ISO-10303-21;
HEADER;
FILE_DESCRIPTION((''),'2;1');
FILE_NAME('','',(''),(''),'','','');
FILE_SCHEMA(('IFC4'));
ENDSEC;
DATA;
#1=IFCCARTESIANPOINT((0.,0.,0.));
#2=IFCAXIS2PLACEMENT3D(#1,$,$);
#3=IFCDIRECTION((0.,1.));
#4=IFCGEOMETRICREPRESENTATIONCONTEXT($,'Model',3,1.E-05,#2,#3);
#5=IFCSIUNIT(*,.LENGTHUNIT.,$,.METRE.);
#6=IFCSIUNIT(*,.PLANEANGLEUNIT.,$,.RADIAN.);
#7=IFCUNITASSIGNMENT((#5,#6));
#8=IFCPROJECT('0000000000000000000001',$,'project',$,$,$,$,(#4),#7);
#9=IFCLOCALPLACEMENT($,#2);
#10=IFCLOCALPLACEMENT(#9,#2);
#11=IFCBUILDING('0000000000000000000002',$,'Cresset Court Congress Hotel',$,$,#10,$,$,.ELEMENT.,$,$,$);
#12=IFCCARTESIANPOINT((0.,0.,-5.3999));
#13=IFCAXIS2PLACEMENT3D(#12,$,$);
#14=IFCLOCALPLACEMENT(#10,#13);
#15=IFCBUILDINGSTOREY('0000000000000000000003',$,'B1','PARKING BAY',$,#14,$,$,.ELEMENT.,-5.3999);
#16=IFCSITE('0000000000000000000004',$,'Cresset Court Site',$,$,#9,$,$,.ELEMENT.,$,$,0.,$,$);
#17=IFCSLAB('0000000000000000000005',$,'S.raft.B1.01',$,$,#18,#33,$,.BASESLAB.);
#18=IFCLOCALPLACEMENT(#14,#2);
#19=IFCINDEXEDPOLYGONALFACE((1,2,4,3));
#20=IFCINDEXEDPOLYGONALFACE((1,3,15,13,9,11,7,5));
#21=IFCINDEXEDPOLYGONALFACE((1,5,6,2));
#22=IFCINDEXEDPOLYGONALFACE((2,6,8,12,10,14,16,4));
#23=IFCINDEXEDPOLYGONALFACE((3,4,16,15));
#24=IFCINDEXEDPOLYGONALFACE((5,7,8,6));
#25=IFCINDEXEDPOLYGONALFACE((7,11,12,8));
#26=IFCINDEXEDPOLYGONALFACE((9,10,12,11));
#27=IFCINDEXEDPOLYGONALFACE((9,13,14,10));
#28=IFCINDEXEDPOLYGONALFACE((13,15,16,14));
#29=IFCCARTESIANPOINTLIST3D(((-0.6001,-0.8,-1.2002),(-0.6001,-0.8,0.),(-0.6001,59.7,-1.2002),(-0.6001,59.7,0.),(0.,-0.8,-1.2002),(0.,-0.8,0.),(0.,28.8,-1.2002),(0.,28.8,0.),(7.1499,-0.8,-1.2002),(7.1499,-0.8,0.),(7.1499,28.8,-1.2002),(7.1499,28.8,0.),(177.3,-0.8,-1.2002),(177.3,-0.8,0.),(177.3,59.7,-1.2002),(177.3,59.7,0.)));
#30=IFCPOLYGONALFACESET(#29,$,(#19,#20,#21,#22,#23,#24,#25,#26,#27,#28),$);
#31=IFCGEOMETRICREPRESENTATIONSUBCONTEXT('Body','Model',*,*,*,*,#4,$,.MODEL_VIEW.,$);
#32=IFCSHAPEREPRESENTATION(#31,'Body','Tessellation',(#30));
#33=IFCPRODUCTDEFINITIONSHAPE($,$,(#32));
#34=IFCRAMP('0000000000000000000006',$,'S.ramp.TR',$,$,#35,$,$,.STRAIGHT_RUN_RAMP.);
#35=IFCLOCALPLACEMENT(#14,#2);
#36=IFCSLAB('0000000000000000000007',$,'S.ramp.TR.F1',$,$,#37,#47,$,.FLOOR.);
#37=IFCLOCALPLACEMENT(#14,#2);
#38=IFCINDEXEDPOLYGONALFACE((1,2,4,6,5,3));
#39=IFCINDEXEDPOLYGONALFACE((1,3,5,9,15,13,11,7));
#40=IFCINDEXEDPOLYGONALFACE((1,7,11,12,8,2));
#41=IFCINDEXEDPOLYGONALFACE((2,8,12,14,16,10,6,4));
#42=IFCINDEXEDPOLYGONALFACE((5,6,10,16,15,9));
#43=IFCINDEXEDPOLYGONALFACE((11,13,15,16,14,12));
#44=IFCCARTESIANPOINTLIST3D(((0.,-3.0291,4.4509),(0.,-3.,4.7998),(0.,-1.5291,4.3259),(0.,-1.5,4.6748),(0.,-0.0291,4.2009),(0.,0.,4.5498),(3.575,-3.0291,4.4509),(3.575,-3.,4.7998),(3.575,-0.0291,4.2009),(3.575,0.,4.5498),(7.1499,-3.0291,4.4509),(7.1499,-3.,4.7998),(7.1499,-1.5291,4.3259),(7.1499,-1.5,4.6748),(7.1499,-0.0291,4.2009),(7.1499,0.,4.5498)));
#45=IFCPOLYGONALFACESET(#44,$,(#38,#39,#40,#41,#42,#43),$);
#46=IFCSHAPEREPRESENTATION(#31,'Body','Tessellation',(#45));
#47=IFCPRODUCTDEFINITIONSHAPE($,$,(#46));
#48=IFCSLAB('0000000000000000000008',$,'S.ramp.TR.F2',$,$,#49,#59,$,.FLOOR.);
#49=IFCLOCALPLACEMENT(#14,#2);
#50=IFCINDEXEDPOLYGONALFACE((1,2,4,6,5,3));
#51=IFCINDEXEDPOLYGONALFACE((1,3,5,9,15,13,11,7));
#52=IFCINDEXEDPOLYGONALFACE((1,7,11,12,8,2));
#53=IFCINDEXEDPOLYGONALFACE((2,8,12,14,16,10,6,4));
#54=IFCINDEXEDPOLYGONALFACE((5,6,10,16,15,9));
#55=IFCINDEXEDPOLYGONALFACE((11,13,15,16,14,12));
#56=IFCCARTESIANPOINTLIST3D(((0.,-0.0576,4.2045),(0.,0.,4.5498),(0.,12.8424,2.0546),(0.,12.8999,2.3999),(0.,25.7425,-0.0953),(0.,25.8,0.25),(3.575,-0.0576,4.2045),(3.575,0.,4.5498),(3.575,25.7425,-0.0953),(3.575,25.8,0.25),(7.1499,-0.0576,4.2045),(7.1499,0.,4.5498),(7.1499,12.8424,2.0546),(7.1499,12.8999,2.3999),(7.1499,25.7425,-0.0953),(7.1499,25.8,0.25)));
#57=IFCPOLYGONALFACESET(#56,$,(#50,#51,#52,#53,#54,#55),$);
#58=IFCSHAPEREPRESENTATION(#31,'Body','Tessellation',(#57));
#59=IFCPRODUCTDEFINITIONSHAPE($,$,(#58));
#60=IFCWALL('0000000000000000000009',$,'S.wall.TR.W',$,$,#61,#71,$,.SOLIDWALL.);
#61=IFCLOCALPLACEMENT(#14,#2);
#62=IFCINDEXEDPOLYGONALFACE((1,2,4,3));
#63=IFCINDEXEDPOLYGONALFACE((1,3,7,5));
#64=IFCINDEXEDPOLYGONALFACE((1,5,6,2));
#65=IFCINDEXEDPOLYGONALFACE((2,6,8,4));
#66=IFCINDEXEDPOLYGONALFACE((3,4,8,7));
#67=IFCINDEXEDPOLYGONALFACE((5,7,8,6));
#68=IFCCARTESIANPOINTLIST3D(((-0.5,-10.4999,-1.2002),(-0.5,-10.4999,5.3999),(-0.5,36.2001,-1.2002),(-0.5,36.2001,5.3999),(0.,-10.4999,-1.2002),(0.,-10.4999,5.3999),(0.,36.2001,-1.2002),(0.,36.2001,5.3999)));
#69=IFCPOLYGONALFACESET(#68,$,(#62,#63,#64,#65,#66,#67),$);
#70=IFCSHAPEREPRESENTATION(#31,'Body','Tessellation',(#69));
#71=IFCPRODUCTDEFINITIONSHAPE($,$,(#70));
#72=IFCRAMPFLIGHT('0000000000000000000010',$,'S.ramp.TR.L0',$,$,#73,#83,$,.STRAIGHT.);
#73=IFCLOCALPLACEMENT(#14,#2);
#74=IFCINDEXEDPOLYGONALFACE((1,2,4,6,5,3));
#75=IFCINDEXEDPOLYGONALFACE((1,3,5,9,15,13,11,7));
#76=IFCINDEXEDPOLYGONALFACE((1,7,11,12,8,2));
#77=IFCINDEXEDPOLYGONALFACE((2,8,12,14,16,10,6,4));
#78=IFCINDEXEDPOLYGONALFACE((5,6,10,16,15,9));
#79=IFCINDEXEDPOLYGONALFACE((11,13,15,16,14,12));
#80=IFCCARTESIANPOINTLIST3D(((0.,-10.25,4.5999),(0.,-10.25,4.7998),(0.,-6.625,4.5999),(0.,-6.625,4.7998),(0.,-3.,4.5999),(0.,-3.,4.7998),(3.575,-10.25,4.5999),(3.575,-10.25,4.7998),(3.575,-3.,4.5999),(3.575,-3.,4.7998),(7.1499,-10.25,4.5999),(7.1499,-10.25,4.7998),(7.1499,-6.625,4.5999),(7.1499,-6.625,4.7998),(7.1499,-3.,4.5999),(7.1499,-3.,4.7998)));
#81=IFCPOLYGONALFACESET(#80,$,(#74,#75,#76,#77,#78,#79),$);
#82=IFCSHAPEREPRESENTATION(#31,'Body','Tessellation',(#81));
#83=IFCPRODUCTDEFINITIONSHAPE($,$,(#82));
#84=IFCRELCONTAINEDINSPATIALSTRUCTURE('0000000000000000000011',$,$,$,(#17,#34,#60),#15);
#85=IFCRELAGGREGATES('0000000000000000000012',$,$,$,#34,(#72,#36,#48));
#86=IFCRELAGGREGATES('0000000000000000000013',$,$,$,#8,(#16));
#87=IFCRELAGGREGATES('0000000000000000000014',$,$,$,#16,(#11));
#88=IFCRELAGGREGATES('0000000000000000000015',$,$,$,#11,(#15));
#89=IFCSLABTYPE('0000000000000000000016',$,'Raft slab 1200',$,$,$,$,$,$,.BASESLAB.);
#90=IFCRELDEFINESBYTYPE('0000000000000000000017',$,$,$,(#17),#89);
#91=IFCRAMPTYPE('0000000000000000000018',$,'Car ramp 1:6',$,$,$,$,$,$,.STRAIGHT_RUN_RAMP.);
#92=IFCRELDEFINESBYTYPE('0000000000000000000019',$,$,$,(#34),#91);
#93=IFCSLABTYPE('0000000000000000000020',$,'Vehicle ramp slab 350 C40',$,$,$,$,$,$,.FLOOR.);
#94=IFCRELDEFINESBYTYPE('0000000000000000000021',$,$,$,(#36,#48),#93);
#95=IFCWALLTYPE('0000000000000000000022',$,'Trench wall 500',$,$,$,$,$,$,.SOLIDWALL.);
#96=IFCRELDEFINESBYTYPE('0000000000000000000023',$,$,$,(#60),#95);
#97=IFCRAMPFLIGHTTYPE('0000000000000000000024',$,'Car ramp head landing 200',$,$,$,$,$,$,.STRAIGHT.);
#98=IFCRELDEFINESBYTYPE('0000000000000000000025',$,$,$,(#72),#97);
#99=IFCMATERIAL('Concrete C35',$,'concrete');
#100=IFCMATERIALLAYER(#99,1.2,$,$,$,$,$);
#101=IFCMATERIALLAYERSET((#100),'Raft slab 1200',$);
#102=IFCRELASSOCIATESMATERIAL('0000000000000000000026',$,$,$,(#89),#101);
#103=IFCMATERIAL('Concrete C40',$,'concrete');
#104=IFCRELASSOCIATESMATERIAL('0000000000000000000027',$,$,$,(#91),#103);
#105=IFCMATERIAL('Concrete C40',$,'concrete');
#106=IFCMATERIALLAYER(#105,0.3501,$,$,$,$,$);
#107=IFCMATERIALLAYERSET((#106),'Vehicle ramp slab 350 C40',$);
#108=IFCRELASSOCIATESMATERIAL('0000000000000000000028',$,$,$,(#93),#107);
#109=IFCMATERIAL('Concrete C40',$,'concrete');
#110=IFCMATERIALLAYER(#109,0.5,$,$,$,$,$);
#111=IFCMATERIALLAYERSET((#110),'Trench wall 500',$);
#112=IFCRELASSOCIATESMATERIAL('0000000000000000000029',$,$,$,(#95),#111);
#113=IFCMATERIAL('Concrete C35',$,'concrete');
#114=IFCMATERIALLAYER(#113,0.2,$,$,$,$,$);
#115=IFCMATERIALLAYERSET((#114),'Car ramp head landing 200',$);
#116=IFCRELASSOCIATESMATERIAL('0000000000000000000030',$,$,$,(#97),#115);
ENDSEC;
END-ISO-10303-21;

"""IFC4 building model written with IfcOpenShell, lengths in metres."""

from ifc_helpers import new_model, si_unit, direction, frame, frame_2d, origin, place, context, subcontext, project, spatial, polyline, rectangle, outline, extrude, material, layer, layer_set, type_object, element, aggregate, save


model = new_model("IFC4")

# Units and contexts
model_context = context("Model", 3, precision=1e-05, world=origin(), true_north=direction((0.0, 1.0)))
body_context = subcontext(model_context, "Body", "Model", "MODEL_VIEW")
ifc_project = project(units=[si_unit("LENGTHUNIT", "METRE"), si_unit("PLANEANGLEUNIT", "RADIAN")], contexts=[model_context])

# Site, building, storey
site_placement = place(None, origin())
site = spatial("IfcSite", under=ifc_project, at=site_placement, Name="Cresset Court Site", CompositionType="ELEMENT", RefElevation=0.0)
building_placement = place(site_placement, origin())
building = spatial("IfcBuilding", under=site, at=building_placement, Name="Cresset Court Congress Hotel", CompositionType="ELEMENT")
storey_placement = place(building_placement, frame((0.0, 0.0, -5.3999)))
storey = spatial("IfcBuildingStorey", under=building, at=storey_placement, Name="B1", Description="PARKING BAY", CompositionType="ELEMENT", Elevation=-5.3999)

# Slab
ifc_material_1 = material(Name="Concrete C35", Category="concrete")
ifc_layer_1 = layer(ifc_material_1, 1.2)
ifc_layer_set_1 = layer_set([ifc_layer_1], Name="Raft slab 1200")
slab_type_1 = type_object("IfcSlabType", Name="Raft slab 1200", PredefinedType="BASESLAB", material=ifc_layer_set_1)
slab_1_placement = place(storey_placement, frame((0.0, 0.0, -1.2002)))
element("IfcSlab", 1, at=slab_1_placement, inside=storey, type_object=slab_type_1, Name="S.raft.B1.01", PredefinedType="BASESLAB", context=body_context, shape_type="SweptSolid", body=[
    extrude(outline(polyline([(-0.6001, -0.8), (0.0, -0.8), (0.0, 28.8), (7.1499, 28.8), (7.1499, -0.8), (177.3, -0.8), (177.3, 59.7), (-0.6001, 59.7), (-0.6001, -0.8)])), origin(), (0.0, 0.0, 1.0), 1.2002),
])

# Ramp, slabs
ifc_material_2 = material(Name="Concrete C40", Category="concrete")
ramp_type = type_object("IfcRampType", Name="Car ramp 1:6", PredefinedType="STRAIGHT_RUN_RAMP", material=ifc_material_2)
ramp_placement = place(storey_placement, origin())
ramp = element("IfcRamp", 2, at=ramp_placement, inside=storey, type_object=ramp_type, Name="S.ramp.TR", PredefinedType="STRAIGHT_RUN_RAMP")
ifc_material_3 = material(Name="Concrete C40", Category="concrete")
ifc_layer_2 = layer(ifc_material_3, 0.3501)
ifc_layer_set_2 = layer_set([ifc_layer_2], Name="Vehicle ramp slab 350 C40")
slab_type_2 = type_object("IfcSlabType", Name="Vehicle ramp slab 350 C40", PredefinedType="FLOOR", material=ifc_layer_set_2)
slab_2_placement = place(storey_placement, frame((0.0, -3.0, 4.7998), z_axis=(0.0, 0.083045, 0.996546), x_axis=(1.0, 0.0, 0.0)))
slab_2 = element("IfcSlab", 3, at=slab_2_placement, type_object=slab_type_2, Name="S.ramp.TR.F1", PredefinedType="FLOOR", context=body_context, shape_type="SweptSolid", body=[
    extrude(outline(polyline([(0.0, 0.0), (3.575, 0.0), (7.1499, 0.0), (7.1499, 1.5052), (7.1499, 3.0104), (3.575, 3.0104), (0.0, 3.0104), (0.0, 1.5052), (0.0, 0.0)])), origin(), (0.0, 0.0, -1.0), 0.3501),
])
slab_3_placement = place(storey_placement, frame((0.0, 0.0, 4.5498), z_axis=(0.0, 0.164391, 0.986395), x_axis=(1.0, 0.0, 0.0)))
slab_3 = element("IfcSlab", 4, at=slab_3_placement, type_object=slab_type_2, Name="S.ramp.TR.F2", PredefinedType="FLOOR", context=body_context, shape_type="SweptSolid", body=[
    extrude(outline(polyline([(0.0, 0.0), (3.575, 0.0), (7.1499, 0.0), (7.1499, 13.0778), (7.1499, 26.1559), (3.575, 26.1559), (0.0, 26.1559), (0.0, 13.0778), (0.0, 0.0)])), origin(), (0.0, 0.0, -1.0), 0.3501),
])

# Wall
ifc_material_4 = material(Name="Concrete C40", Category="concrete")
ifc_layer_3 = layer(ifc_material_4, 0.5)
ifc_layer_set_3 = layer_set([ifc_layer_3], Name="Trench wall 500")
wall_type = type_object("IfcWallType", Name="Trench wall 500", PredefinedType="SOLIDWALL", material=ifc_layer_set_3)
wall_placement = place(storey_placement, frame((-0.25, -10.5, -1.2002), z_axis=(0.0, 0.0, 1.0), x_axis=(0.0, 1.0, 0.0)))
element("IfcWall", 5, at=wall_placement, inside=storey, type_object=wall_type, Name="S.wall.TR.W", PredefinedType="SOLIDWALL", context=body_context, shape_type="SweptSolid", body=[
    extrude(rectangle(XDim=46.7, YDim=0.5, at=frame_2d((23.3501, 0.0))), origin(), (0.0, 0.0, 1.0), 6.6001),
])

# Ramp flight
ifc_material_5 = material(Name="Concrete C35", Category="concrete")
ifc_layer_4 = layer(ifc_material_5, 0.2)
ifc_layer_set_4 = layer_set([ifc_layer_4], Name="Car ramp head landing 200")
ramp_flight_type = type_object("IfcRampFlightType", Name="Car ramp head landing 200", PredefinedType="STRAIGHT", material=ifc_layer_set_4)
placement = place(building_placement, origin())
ramp_flight_placement = place(placement, frame((0.0, -10.25, -0.6001), z_axis=(0.0, 0.0, 1.0), x_axis=(1.0, 0.0, 0.0)))
ramp_flight = element("IfcRampFlight", 6, at=ramp_flight_placement, type_object=ramp_flight_type, Name="S.ramp.TR.L0", PredefinedType="STRAIGHT", context=body_context, shape_type="SweptSolid", body=[
    extrude(outline(polyline([(0.0, 0.0), (3.575, 0.0), (7.1499, 0.0), (7.1499, 3.625), (7.1499, 7.25), (3.575, 7.25), (0.0, 7.25), (0.0, 3.625), (0.0, 0.0)])), origin(), (0.0, 0.0, -1.0), 0.2),
])
aggregate(ramp, [ramp_flight, slab_2, slab_3])

save(model, "model.ifc")
